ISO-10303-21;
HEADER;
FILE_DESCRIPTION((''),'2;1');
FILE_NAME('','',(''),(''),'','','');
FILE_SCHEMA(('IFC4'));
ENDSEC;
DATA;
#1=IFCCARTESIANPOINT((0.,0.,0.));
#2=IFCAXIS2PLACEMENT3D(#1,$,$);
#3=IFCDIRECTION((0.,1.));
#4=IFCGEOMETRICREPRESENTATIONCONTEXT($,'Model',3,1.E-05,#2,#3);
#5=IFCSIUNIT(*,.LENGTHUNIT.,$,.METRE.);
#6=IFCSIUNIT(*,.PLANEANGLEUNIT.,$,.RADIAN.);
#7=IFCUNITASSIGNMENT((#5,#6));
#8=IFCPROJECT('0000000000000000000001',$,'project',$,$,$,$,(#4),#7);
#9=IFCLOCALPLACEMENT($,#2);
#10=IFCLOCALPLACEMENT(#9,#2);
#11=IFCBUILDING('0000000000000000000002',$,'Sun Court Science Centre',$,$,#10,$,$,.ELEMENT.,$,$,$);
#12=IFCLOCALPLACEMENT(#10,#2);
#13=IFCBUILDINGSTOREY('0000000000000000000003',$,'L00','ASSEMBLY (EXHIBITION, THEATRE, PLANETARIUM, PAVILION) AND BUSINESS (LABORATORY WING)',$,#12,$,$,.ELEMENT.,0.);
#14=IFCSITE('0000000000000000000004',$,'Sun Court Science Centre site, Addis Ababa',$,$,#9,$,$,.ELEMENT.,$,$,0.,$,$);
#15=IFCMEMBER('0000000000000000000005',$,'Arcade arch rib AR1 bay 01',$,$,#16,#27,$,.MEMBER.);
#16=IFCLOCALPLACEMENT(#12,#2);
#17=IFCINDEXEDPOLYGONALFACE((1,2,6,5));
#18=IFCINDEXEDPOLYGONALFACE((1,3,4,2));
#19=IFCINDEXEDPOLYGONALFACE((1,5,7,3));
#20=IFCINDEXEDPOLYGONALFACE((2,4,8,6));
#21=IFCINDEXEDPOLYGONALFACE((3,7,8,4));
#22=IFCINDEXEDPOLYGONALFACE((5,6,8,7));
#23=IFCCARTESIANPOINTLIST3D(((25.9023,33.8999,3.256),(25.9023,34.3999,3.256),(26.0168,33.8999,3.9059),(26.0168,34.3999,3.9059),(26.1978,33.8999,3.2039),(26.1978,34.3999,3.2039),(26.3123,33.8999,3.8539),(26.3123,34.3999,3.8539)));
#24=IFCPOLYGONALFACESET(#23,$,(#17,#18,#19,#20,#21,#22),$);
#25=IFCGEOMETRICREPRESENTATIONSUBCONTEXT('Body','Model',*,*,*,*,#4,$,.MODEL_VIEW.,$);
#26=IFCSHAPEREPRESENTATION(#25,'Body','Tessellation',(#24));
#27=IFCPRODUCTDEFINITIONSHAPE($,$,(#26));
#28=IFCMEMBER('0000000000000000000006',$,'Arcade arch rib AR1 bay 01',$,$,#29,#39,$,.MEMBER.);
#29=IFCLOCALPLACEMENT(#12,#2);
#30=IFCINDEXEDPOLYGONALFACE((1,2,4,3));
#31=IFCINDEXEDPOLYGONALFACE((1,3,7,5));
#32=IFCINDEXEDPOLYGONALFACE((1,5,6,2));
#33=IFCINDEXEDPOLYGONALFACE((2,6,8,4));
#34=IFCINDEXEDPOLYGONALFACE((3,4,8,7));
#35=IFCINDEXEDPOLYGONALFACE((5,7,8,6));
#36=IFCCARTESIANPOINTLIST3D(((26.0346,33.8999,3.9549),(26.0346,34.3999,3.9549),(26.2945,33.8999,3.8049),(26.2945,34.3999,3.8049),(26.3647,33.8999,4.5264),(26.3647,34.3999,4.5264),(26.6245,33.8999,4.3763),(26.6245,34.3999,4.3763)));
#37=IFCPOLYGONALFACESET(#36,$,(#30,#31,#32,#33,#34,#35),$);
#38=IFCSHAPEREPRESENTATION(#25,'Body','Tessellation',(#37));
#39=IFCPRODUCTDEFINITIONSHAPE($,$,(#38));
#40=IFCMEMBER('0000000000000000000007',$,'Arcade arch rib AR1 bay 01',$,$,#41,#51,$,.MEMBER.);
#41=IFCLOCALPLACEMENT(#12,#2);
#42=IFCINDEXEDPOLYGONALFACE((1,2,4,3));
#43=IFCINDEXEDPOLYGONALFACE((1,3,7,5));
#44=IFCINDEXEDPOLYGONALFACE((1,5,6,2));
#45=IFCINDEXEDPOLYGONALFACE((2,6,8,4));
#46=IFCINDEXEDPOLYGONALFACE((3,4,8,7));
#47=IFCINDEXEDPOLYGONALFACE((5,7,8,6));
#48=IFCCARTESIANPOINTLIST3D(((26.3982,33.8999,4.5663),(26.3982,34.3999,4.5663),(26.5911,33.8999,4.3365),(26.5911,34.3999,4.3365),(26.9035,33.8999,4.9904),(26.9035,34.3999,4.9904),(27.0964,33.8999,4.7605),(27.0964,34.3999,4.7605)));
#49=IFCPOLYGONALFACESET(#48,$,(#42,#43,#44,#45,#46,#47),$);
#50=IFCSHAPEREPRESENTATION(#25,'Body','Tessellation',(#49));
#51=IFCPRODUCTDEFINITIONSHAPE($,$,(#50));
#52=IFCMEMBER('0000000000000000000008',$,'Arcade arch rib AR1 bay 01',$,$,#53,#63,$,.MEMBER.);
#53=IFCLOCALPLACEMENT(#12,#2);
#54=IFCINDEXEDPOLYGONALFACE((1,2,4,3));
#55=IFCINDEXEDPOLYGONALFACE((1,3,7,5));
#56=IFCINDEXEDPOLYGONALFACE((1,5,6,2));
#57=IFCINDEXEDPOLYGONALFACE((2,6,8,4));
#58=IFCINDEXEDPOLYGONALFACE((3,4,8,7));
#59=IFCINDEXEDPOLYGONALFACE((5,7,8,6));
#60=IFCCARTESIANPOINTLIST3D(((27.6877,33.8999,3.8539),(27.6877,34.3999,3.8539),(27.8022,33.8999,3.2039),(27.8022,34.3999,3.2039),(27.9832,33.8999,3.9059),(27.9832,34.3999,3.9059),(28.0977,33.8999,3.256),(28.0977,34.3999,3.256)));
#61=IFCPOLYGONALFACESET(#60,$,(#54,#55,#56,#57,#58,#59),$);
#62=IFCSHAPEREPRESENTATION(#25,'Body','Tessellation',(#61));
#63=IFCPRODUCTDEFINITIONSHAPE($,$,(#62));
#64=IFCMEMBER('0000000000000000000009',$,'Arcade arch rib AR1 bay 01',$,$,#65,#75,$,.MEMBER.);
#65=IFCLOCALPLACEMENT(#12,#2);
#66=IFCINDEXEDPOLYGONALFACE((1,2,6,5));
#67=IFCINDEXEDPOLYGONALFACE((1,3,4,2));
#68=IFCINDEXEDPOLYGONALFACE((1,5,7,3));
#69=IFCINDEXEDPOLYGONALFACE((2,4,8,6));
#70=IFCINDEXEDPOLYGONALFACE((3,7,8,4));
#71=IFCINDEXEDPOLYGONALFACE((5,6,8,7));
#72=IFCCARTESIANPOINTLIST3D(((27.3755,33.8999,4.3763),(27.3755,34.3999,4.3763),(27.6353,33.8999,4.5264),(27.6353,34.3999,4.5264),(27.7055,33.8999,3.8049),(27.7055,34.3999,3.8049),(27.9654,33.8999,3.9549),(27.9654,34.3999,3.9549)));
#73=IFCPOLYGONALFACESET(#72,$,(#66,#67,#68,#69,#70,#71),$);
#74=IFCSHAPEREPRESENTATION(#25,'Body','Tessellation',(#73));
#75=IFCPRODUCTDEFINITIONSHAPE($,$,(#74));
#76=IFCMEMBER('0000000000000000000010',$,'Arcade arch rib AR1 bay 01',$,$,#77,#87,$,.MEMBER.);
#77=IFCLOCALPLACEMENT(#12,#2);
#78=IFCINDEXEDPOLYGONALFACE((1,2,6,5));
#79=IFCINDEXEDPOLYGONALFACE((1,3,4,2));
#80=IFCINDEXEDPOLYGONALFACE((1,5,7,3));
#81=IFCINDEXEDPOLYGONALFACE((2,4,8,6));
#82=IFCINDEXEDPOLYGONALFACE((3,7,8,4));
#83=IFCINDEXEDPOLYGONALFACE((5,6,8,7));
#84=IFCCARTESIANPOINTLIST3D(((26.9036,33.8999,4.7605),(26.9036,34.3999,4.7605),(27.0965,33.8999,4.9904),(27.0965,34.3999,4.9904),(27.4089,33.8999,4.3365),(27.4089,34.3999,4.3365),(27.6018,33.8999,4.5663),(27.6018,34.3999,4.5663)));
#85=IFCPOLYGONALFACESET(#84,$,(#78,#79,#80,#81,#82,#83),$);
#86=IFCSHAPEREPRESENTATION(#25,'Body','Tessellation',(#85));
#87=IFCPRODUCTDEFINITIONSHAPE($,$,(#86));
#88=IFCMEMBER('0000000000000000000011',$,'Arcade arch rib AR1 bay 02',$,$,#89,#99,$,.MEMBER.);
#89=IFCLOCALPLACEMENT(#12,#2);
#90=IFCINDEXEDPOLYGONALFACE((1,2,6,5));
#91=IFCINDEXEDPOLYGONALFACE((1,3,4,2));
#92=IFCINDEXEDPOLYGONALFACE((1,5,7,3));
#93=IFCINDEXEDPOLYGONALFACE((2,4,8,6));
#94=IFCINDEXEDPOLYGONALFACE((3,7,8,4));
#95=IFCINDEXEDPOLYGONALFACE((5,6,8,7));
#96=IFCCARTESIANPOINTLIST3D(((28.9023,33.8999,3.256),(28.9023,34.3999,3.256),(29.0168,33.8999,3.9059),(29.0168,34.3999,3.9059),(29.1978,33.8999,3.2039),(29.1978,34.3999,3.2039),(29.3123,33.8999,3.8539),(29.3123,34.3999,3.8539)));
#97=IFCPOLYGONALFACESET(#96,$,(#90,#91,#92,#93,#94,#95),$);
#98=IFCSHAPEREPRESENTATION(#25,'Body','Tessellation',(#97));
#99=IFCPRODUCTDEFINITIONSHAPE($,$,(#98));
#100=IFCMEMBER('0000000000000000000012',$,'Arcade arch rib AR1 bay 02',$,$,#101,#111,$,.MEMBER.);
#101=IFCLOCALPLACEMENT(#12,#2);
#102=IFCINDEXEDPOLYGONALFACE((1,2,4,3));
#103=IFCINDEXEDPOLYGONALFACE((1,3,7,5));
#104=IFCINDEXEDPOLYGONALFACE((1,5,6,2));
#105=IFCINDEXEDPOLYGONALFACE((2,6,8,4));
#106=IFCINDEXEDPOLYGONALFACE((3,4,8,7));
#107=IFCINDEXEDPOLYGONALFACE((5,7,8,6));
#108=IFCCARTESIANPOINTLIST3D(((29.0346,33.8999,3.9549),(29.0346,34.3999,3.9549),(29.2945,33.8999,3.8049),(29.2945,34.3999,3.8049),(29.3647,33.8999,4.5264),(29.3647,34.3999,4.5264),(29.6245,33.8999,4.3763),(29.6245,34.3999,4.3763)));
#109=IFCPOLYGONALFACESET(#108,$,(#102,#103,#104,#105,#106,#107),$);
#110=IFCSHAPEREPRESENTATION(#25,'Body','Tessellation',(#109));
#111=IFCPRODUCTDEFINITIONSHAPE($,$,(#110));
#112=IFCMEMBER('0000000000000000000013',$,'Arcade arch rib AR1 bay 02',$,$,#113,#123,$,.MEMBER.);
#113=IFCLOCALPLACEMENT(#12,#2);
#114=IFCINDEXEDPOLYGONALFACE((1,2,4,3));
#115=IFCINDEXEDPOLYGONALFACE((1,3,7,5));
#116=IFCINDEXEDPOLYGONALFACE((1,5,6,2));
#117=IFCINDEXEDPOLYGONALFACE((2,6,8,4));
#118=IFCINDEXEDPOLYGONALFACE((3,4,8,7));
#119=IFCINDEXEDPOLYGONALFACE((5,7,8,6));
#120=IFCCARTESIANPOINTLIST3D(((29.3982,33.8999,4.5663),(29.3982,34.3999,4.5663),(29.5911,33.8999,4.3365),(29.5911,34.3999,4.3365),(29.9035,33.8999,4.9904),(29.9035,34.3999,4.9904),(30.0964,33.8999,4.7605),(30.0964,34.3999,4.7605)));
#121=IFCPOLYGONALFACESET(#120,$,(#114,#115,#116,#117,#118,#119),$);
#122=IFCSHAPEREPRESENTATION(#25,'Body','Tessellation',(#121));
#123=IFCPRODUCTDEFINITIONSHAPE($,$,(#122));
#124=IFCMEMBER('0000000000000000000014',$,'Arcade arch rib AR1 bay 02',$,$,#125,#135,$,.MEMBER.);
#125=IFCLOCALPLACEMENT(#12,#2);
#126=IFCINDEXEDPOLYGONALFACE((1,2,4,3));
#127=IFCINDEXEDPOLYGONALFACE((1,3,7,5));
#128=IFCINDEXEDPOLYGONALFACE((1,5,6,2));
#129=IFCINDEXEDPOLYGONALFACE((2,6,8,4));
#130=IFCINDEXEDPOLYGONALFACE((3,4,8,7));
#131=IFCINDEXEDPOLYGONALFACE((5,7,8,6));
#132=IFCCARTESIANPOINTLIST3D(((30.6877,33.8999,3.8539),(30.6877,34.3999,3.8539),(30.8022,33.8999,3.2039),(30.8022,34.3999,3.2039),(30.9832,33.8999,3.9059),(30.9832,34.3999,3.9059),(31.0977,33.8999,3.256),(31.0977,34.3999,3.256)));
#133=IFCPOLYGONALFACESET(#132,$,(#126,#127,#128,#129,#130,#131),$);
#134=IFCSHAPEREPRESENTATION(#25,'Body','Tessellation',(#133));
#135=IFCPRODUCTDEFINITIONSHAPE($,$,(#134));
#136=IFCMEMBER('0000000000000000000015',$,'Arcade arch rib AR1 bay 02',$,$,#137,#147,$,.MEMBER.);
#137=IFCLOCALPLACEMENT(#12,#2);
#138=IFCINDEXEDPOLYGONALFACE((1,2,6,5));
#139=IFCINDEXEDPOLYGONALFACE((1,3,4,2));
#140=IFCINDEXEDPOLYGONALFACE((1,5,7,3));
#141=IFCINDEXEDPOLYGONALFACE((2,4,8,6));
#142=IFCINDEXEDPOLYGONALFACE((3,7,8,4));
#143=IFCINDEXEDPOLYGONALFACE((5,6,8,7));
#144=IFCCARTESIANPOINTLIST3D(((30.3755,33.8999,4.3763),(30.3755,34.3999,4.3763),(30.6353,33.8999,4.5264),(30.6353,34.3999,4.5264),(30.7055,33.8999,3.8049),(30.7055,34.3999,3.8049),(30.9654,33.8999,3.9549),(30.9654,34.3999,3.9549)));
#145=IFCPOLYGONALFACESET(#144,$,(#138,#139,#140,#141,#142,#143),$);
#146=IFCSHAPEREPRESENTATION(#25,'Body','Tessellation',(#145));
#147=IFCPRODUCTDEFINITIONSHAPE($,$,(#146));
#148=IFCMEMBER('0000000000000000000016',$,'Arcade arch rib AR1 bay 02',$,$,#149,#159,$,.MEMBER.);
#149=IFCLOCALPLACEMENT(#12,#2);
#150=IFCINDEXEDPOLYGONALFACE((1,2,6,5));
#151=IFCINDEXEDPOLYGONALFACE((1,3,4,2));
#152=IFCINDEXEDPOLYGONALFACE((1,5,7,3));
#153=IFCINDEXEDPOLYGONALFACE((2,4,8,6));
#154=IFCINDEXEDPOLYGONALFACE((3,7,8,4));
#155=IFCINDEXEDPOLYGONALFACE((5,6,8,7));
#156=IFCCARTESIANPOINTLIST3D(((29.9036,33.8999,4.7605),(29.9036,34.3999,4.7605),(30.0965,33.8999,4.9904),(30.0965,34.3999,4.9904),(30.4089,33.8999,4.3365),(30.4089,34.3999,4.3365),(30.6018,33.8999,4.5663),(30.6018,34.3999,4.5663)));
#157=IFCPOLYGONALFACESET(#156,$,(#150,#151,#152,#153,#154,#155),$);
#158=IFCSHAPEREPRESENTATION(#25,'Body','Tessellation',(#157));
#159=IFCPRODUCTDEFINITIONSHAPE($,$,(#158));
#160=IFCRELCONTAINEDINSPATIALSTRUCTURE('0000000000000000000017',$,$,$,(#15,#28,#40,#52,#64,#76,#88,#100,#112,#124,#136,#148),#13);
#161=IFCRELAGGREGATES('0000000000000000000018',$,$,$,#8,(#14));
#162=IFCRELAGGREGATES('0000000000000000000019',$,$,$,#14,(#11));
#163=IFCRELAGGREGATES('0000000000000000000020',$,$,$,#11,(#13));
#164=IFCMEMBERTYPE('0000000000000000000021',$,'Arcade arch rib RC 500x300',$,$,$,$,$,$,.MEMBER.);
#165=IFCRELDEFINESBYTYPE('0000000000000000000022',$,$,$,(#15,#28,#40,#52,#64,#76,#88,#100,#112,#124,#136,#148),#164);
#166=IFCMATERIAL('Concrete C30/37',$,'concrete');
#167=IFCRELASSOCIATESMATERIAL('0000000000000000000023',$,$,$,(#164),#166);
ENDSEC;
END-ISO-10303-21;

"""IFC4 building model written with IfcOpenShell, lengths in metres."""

from ifc_helpers import new_model, si_unit, direction, frame, origin, origin_2d, place, context, subcontext, project, spatial, rectangle, extrude, material, material_profile, profile_set, type_object, element, save


model = new_model("IFC4")

# Units and contexts
model_context = context("Model", 3, precision=1e-05, world=origin(), true_north=direction((0.0, 1.0)))
body_context = subcontext(model_context, "Body", "Model", "MODEL_VIEW")
ifc_project = project(units=[si_unit("LENGTHUNIT", "METRE"), si_unit("PLANEANGLEUNIT", "RADIAN")], contexts=[model_context])

# Site, building, storey
site_placement = place(None, origin())
site = spatial("IfcSite", under=ifc_project, at=site_placement, Name="Sun Court Science Centre site, Addis Ababa", CompositionType="ELEMENT", RefElevation=0.0)
building_placement = place(site_placement, origin())
building = spatial("IfcBuilding", under=site, at=building_placement, Name="Sun Court Science Centre", CompositionType="ELEMENT")
storey_placement = place(building_placement, origin())
storey = spatial("IfcBuildingStorey", under=building, at=storey_placement, Name="L00", Description="ASSEMBLY (EXHIBITION, THEATRE, PLANETARIUM, PAVILION) AND BUSINESS (LABORATORY WING)", CompositionType="ELEMENT", Elevation=0.0)

# Members
ifc_material_1 = material(Name="Concrete C30/37", Category="concrete")
ifc_material_profile_1 = material_profile(ifc_material_1, rectangle(XDim=0.5, YDim=0.3, at=origin_2d()), Name="RC 500x300")
ifc_profile_set_1 = profile_set([ifc_material_profile_1], Name="Concrete C30/37")
member_type_1 = type_object("IfcMemberType", Name="Arcade arch rib RC 500x300", PredefinedType="MEMBER", material=ifc_profile_set_1)
for number, where, z_axis, x_axis, name in (
    (1, (26.05, 34.1499, 3.23), (0.173511, 0.0, 0.984832), (0.0, 1.0, 0.0), "Arcade arch rib AR1 bay 01"),
    (2, (26.1646, 34.1499, 3.8799), (0.500117, 0.0, 0.865958), (0.0, 1.0, 0.0), "Arcade arch rib AR1 bay 01"),
):
    element("IfcMember", number, at=place(storey_placement, frame(where, z_axis=z_axis, x_axis=x_axis)), inside=storey, type_object=member_type_1, Name=name, PredefinedType="MEMBER", context=body_context, shape_type="SweptSolid", body=[
        extrude(rectangle(XDim=0.5, YDim=0.3, at=origin_2d()), origin(), (0.0, 0.0, 1.0), 0.6599),
    ])
member_1_placement = place(storey_placement, frame((26.4946, 34.1499, 4.4514), z_axis=(0.766033, 0.0, 0.642801), x_axis=(0.0, 1.0, 0.0)))
element("IfcMember", 3, at=member_1_placement, inside=storey, type_object=member_type_1, Name="Arcade arch rib AR1 bay 01", PredefinedType="MEMBER", context=body_context, shape_type="SweptSolid", body=[
    extrude(rectangle(XDim=0.5, YDim=0.3, at=origin_2d()), origin(), (0.0, 0.0, 1.0), 0.6597),
])
for number, where, z_axis, x_axis, name in (
    (4, (27.95, 34.1499, 3.23), (-0.173511, 0.0, 0.984832), (0.0, -1.0, 0.0), "Arcade arch rib AR1 bay 01"),
    (5, (27.8354, 34.1499, 3.8799), (-0.500117, 0.0, 0.865958), (0.0, -1.0, 0.0), "Arcade arch rib AR1 bay 01"),
):
    element("IfcMember", number, at=place(storey_placement, frame(where, z_axis=z_axis, x_axis=x_axis)), inside=storey, type_object=member_type_1, Name=name, PredefinedType="MEMBER", context=body_context, shape_type="SweptSolid", body=[
        extrude(rectangle(XDim=0.5, YDim=0.3, at=origin_2d()), origin(), (0.0, 0.0, 1.0), 0.6599),
    ])
member_2_placement = place(storey_placement, frame((27.5054, 34.1499, 4.4514), z_axis=(-0.766033, 0.0, 0.642801), x_axis=(0.0, -1.0, 0.0)))
element("IfcMember", 6, at=member_2_placement, inside=storey, type_object=member_type_1, Name="Arcade arch rib AR1 bay 01", PredefinedType="MEMBER", context=body_context, shape_type="SweptSolid", body=[
    extrude(rectangle(XDim=0.5, YDim=0.3, at=origin_2d()), origin(), (0.0, 0.0, 1.0), 0.6597),
])
for number, where, z_axis, x_axis, name in (
    (7, (29.05, 34.1499, 3.23), (0.173511, 0.0, 0.984832), (0.0, 1.0, 0.0), "Arcade arch rib AR1 bay 02"),
    (8, (29.1646, 34.1499, 3.8799), (0.500117, 0.0, 0.865958), (0.0, 1.0, 0.0), "Arcade arch rib AR1 bay 02"),
):
    element("IfcMember", number, at=place(storey_placement, frame(where, z_axis=z_axis, x_axis=x_axis)), inside=storey, type_object=member_type_1, Name=name, PredefinedType="MEMBER", context=body_context, shape_type="SweptSolid", body=[
        extrude(rectangle(XDim=0.5, YDim=0.3, at=origin_2d()), origin(), (0.0, 0.0, 1.0), 0.6599),
    ])
member_3_placement = place(storey_placement, frame((29.4946, 34.1499, 4.4514), z_axis=(0.766033, 0.0, 0.642801), x_axis=(0.0, 1.0, 0.0)))
element("IfcMember", 9, at=member_3_placement, inside=storey, type_object=member_type_1, Name="Arcade arch rib AR1 bay 02", PredefinedType="MEMBER", context=body_context, shape_type="SweptSolid", body=[
    extrude(rectangle(XDim=0.5, YDim=0.3, at=origin_2d()), origin(), (0.0, 0.0, 1.0), 0.6597),
])
for number, where, z_axis, x_axis, name in (
    (10, (30.95, 34.1499, 3.23), (-0.173511, 0.0, 0.984832), (0.0, -1.0, 0.0), "Arcade arch rib AR1 bay 02"),
    (11, (30.8354, 34.1499, 3.8799), (-0.500117, 0.0, 0.865958), (0.0, -1.0, 0.0), "Arcade arch rib AR1 bay 02"),
):
    element("IfcMember", number, at=place(storey_placement, frame(where, z_axis=z_axis, x_axis=x_axis)), inside=storey, type_object=member_type_1, Name=name, PredefinedType="MEMBER", context=body_context, shape_type="SweptSolid", body=[
        extrude(rectangle(XDim=0.5, YDim=0.3, at=origin_2d()), origin(), (0.0, 0.0, 1.0), 0.6599),
    ])
member_4_placement = place(storey_placement, frame((30.5054, 34.1499, 4.4514), z_axis=(-0.766033, 0.0, 0.642801), x_axis=(0.0, -1.0, 0.0)))
element("IfcMember", 12, at=member_4_placement, inside=storey, type_object=member_type_1, Name="Arcade arch rib AR1 bay 02", PredefinedType="MEMBER", context=body_context, shape_type="SweptSolid", body=[
    extrude(rectangle(XDim=0.5, YDim=0.3, at=origin_2d()), origin(), (0.0, 0.0, 1.0), 0.6597),
])

save(model, "model.ifc")
